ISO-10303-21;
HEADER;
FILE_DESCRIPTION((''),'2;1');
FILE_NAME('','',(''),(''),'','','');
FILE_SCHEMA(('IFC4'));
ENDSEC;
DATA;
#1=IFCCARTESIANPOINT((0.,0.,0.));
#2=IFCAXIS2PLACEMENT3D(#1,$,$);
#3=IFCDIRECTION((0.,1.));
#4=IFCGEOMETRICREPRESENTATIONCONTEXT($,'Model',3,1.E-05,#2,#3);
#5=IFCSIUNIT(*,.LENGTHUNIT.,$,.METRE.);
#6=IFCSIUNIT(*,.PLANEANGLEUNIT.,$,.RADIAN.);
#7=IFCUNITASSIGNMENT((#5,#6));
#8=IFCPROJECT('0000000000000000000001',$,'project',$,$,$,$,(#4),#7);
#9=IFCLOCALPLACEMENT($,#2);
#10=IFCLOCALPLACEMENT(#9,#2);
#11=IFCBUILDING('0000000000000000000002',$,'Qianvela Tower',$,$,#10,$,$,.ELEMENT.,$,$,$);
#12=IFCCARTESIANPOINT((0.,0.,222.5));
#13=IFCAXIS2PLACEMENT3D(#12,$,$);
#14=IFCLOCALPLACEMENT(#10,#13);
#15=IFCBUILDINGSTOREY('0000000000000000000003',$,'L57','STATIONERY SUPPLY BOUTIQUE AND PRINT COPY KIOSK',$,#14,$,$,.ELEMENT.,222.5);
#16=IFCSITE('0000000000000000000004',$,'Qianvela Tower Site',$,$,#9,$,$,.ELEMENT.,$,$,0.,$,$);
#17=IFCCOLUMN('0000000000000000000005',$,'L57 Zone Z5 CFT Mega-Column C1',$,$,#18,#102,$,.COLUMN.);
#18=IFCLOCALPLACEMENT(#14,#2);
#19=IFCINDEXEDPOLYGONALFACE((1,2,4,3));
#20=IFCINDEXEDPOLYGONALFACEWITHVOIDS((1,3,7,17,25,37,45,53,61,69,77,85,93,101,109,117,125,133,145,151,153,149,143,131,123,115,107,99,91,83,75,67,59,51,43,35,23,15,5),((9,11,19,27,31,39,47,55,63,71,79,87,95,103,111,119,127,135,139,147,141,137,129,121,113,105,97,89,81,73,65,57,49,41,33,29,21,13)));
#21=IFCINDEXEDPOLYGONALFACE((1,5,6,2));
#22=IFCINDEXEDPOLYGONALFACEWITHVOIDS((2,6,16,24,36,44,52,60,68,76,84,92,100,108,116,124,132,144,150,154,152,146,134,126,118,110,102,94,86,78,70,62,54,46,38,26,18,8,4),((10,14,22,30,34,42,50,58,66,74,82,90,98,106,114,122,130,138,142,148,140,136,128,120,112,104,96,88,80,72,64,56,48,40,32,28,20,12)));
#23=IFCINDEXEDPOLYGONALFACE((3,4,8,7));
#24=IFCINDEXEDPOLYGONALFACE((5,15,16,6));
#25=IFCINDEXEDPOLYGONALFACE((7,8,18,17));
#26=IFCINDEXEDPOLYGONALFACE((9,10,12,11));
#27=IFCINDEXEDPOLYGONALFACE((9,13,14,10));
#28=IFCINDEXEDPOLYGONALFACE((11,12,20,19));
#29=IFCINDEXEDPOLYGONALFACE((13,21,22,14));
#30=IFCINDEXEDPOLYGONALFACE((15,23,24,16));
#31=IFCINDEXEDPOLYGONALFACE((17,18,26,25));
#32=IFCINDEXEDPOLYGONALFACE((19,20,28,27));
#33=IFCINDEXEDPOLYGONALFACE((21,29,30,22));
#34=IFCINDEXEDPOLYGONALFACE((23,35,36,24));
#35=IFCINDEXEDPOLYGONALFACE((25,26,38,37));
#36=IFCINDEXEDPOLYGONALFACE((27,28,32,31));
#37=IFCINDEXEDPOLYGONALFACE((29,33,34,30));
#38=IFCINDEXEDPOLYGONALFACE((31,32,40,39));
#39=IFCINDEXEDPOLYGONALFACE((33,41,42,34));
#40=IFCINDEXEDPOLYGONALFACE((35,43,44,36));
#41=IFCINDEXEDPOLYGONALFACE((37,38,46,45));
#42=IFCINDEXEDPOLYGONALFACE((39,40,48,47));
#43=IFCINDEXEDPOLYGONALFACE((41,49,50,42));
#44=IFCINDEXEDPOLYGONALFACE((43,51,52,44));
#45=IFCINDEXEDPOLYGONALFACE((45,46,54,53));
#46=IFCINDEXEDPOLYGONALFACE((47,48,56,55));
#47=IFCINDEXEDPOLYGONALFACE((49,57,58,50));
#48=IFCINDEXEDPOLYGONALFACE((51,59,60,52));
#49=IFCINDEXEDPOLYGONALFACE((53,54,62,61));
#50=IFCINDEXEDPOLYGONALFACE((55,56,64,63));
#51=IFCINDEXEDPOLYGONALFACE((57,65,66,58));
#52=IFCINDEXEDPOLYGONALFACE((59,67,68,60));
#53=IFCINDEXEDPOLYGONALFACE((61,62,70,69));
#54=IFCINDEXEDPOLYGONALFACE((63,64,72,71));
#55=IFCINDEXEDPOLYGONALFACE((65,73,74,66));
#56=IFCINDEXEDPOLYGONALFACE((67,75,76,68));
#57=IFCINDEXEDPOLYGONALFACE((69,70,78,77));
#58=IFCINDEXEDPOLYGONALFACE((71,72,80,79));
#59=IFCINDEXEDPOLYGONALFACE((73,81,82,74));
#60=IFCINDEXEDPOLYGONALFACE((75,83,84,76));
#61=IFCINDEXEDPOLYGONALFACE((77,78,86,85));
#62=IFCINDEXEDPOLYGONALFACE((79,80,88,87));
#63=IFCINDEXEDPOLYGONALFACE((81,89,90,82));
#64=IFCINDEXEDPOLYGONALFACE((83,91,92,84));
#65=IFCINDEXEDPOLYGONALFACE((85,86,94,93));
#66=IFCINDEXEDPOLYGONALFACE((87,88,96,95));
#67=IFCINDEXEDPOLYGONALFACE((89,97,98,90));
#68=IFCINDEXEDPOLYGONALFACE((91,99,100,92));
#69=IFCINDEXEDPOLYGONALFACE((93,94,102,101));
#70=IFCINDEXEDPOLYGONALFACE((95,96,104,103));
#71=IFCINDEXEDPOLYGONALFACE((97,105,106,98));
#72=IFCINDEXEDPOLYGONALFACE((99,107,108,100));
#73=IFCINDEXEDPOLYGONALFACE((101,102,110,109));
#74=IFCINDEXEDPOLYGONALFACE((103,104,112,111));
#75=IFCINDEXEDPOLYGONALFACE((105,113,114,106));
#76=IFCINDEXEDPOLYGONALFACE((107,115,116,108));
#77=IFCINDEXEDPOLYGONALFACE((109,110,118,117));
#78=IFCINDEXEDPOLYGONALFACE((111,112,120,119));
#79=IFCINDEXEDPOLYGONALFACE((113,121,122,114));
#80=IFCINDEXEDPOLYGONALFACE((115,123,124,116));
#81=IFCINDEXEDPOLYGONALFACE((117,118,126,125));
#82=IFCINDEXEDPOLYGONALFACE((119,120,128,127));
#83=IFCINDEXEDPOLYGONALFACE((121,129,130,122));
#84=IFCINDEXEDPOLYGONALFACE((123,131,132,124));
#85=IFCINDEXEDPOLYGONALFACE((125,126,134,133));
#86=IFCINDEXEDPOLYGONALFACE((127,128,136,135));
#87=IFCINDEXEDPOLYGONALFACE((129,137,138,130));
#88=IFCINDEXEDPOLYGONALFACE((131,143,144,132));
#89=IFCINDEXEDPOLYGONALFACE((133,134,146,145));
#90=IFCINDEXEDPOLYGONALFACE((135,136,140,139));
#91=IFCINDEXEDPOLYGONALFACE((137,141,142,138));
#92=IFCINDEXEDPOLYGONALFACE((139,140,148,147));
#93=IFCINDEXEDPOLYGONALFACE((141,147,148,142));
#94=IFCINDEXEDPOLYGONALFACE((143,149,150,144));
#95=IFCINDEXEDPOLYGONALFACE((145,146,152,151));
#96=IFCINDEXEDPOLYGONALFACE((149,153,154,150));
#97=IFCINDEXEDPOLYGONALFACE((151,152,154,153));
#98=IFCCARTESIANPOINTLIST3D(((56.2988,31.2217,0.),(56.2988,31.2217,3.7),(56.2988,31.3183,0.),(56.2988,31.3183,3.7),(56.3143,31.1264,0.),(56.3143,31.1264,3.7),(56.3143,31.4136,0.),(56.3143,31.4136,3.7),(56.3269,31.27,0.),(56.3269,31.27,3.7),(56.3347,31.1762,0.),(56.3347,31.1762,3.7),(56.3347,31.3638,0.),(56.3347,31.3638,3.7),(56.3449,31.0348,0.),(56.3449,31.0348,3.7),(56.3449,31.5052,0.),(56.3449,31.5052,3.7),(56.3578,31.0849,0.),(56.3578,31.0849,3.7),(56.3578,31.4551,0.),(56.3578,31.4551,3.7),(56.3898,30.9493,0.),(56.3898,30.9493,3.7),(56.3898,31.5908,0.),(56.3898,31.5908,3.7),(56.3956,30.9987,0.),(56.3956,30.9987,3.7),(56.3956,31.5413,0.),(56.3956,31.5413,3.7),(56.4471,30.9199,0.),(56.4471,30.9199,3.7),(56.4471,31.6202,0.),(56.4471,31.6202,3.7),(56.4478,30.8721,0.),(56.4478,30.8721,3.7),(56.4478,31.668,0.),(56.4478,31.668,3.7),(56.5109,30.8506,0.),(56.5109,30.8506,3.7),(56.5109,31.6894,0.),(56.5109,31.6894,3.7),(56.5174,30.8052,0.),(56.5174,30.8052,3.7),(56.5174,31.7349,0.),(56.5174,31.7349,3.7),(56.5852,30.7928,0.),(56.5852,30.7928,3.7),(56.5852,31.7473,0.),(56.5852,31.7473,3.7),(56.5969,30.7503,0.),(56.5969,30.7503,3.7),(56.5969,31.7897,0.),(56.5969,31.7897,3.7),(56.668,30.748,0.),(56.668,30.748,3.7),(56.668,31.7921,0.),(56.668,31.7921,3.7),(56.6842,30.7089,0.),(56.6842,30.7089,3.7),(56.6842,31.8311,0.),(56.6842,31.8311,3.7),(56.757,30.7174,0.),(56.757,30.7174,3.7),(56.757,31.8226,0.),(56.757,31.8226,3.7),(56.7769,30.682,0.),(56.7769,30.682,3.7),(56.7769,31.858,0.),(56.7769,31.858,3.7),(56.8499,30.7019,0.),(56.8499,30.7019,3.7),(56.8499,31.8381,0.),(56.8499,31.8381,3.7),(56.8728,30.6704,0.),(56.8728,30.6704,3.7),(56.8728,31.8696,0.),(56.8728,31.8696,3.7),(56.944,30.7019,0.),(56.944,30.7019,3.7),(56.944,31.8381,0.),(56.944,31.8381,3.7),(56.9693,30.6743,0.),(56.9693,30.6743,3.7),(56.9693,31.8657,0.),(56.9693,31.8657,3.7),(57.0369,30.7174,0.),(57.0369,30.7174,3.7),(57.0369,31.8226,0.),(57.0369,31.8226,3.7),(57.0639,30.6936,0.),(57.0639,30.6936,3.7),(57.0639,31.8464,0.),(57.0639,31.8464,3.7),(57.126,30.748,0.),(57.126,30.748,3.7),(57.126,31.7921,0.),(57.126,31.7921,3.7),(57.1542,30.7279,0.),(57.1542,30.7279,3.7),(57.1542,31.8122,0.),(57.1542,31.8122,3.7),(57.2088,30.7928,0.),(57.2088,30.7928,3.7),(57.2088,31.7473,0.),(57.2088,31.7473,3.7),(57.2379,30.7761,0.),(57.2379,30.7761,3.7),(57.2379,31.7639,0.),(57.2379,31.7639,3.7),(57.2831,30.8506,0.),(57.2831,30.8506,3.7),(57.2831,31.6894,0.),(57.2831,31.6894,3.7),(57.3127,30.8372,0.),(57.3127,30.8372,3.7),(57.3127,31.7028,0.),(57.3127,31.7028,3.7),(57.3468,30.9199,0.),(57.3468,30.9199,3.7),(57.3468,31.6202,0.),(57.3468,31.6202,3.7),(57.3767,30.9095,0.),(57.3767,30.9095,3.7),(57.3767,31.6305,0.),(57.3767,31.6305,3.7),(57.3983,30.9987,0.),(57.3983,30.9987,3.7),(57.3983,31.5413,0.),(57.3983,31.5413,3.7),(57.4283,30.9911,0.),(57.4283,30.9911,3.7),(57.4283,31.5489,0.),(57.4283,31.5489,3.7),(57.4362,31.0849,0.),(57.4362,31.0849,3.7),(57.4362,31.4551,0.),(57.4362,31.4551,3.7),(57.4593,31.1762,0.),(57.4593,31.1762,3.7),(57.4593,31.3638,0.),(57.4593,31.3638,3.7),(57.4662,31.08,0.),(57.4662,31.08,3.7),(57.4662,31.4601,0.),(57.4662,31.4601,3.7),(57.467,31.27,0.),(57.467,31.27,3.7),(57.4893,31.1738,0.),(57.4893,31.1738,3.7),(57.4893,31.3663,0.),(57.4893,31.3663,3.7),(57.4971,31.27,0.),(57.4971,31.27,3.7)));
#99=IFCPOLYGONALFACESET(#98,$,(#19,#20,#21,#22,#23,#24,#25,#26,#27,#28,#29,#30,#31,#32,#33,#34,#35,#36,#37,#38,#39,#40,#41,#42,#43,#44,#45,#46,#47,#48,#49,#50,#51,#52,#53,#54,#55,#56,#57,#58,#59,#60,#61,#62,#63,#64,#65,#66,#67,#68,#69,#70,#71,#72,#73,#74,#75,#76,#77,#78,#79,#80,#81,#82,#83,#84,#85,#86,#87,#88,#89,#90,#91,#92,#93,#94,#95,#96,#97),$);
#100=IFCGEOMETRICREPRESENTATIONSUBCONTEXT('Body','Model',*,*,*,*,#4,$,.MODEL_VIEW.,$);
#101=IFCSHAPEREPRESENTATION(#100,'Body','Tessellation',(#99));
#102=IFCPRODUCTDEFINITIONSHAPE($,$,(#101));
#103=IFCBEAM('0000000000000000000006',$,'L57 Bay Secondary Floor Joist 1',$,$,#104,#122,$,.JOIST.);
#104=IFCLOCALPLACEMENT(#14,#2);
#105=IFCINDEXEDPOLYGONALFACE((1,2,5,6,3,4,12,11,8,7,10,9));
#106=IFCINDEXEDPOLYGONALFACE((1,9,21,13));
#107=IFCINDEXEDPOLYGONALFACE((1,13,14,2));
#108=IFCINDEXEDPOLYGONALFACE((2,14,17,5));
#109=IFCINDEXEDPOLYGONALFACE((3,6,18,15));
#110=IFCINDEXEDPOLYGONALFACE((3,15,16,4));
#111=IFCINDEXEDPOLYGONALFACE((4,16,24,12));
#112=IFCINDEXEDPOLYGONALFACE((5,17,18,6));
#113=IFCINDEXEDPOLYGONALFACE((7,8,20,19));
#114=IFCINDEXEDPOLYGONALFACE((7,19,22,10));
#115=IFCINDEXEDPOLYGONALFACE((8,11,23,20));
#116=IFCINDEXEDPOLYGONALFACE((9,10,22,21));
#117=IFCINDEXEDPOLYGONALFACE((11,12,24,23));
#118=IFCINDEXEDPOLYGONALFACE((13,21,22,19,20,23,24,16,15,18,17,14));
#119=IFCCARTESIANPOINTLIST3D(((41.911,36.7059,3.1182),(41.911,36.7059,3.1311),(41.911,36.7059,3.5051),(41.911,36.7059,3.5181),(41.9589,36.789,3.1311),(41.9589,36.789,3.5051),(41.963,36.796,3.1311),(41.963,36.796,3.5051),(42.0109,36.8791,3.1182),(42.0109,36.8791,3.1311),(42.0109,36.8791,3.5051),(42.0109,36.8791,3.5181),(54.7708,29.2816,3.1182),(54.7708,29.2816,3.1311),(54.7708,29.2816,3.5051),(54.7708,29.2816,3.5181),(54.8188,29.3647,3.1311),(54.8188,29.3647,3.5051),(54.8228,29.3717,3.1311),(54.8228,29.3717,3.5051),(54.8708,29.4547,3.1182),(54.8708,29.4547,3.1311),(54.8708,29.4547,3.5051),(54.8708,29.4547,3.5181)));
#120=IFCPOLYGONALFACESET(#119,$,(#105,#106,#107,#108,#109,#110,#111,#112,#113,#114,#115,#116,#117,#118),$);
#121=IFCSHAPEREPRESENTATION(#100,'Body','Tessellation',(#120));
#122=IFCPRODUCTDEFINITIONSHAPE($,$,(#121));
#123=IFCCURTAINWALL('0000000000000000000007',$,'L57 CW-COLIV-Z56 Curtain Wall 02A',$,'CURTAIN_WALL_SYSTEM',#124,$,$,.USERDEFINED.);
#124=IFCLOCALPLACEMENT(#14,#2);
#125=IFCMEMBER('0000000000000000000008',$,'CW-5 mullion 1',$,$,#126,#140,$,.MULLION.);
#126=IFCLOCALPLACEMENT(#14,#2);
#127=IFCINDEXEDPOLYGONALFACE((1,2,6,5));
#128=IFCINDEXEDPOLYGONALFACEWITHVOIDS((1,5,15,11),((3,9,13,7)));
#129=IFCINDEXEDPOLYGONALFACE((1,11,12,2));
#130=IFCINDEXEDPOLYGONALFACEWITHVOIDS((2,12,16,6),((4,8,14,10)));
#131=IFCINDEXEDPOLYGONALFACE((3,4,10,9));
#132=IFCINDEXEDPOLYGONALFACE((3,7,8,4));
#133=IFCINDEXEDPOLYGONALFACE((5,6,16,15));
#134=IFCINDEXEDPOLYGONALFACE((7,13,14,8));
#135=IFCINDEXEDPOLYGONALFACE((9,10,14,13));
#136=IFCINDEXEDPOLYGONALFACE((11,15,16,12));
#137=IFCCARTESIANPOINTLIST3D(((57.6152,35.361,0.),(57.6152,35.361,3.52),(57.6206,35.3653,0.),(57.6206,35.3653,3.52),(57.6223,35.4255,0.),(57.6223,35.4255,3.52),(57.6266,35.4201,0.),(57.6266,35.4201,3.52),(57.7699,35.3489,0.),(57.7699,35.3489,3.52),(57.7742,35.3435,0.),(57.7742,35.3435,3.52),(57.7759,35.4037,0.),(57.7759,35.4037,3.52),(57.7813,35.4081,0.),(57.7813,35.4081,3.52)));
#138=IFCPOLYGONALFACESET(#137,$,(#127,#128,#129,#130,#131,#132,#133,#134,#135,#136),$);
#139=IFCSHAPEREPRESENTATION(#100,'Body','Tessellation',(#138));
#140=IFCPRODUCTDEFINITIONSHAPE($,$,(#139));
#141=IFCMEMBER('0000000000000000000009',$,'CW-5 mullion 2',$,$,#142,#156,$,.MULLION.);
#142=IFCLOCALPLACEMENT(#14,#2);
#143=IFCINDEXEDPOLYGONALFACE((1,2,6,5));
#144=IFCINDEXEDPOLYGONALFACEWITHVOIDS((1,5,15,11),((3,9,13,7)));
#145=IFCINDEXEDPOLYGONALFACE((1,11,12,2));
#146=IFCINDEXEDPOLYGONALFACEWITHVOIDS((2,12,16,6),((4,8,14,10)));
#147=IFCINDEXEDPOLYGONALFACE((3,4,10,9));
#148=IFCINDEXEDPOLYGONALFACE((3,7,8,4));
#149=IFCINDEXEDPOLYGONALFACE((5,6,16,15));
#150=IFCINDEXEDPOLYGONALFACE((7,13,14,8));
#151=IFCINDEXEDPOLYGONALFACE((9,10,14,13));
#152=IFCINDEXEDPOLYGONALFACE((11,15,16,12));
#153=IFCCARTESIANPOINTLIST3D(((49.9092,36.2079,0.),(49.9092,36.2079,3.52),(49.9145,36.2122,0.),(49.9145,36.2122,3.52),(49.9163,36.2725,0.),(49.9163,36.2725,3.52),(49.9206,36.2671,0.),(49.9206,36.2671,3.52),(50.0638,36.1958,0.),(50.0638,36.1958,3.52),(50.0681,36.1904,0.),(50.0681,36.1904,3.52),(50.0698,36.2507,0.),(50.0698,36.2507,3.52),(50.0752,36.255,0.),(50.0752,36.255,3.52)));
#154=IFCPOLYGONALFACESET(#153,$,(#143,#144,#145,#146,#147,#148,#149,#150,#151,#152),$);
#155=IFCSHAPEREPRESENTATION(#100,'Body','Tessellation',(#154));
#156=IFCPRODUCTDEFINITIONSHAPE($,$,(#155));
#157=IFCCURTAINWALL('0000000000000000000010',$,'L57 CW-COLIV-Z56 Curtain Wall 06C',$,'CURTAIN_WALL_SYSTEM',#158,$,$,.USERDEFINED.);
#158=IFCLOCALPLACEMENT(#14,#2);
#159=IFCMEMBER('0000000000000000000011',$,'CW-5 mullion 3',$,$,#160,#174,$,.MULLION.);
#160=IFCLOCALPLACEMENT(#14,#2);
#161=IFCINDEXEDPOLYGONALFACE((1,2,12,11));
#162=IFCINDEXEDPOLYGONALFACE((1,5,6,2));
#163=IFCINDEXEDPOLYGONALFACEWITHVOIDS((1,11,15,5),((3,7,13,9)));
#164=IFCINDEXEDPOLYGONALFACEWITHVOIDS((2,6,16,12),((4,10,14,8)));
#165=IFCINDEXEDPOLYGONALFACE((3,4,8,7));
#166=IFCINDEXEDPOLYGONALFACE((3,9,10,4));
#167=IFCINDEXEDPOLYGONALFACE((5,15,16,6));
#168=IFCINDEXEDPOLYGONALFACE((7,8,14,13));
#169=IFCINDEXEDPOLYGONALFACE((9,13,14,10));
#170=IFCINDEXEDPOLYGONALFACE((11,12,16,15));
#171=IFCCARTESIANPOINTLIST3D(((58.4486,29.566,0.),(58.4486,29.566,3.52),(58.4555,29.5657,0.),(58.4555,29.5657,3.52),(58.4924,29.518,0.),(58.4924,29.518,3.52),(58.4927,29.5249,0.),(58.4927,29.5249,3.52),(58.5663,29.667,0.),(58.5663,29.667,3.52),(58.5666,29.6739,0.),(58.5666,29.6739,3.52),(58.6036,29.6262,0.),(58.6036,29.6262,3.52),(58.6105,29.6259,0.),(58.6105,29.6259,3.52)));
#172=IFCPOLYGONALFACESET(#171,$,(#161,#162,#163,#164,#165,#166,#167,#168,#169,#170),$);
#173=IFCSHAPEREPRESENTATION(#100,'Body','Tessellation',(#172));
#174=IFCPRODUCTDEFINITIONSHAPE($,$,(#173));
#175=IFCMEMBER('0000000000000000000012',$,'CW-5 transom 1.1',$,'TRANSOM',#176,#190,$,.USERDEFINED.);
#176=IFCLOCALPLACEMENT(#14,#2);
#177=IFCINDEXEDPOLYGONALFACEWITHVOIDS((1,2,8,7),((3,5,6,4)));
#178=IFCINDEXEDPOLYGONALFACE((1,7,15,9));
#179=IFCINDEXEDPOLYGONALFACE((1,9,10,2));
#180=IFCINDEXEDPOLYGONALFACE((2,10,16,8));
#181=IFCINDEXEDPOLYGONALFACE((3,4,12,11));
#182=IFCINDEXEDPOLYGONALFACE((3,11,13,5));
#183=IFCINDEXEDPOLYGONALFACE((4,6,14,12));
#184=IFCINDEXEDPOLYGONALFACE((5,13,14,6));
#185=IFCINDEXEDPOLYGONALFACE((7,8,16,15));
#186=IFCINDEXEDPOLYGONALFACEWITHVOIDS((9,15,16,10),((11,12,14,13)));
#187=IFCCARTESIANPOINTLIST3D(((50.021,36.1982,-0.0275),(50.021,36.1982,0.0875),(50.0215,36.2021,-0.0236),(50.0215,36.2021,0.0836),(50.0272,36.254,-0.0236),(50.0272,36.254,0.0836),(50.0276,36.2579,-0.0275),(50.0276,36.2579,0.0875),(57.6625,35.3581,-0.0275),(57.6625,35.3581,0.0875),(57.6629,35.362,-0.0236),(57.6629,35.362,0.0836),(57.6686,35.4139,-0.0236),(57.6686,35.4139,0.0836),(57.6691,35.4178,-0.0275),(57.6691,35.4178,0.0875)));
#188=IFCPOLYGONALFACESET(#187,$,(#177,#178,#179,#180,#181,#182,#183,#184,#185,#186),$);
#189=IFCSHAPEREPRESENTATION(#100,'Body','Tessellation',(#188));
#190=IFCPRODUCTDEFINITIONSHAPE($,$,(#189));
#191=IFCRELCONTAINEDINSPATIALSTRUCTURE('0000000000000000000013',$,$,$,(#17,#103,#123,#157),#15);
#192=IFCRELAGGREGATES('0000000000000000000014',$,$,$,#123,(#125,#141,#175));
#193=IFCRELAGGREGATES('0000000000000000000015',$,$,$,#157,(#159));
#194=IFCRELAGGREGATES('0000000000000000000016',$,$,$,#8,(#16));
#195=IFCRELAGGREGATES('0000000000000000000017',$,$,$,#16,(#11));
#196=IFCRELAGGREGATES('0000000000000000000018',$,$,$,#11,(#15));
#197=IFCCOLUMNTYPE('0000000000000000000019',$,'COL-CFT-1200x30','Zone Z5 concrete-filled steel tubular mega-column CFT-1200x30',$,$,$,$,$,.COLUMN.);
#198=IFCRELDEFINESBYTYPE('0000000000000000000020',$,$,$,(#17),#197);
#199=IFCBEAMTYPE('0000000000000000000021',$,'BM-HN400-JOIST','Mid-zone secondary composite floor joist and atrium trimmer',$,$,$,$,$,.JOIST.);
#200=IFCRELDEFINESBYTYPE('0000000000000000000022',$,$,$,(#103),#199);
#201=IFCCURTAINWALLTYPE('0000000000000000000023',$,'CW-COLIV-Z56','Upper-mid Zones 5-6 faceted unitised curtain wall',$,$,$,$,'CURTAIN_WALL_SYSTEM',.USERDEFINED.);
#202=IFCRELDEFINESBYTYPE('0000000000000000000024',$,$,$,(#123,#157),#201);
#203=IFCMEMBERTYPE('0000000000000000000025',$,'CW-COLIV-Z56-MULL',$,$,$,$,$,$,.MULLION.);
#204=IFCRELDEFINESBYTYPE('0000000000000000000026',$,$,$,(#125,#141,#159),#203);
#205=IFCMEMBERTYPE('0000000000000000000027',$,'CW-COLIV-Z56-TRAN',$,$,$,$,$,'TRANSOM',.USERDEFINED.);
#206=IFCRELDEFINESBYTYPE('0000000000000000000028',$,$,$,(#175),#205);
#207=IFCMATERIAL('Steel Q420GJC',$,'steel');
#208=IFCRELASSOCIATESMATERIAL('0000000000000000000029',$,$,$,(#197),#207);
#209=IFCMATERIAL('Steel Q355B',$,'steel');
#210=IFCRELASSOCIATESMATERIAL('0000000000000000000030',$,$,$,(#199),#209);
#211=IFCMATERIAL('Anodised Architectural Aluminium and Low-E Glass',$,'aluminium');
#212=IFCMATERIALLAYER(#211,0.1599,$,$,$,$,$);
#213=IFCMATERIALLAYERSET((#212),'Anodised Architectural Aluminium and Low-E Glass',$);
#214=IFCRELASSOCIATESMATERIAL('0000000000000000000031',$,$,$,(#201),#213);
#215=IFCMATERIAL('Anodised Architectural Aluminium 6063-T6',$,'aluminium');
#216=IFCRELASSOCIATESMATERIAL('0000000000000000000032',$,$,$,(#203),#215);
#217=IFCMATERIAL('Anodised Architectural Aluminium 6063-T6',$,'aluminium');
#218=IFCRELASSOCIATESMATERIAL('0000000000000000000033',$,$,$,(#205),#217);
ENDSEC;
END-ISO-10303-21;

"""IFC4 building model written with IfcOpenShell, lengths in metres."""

from ifc_helpers import new_model, si_unit, direction, frame, origin, origin_2d, place, context, subcontext, project, spatial, hollow_rectangle, hollow_circle, i_section, extrude, material, layer, layer_set, material_profile, profile_set, type_object, element, aggregate, save


model = new_model("IFC4")

# Units and contexts
model_context = context("Model", 3, precision=1e-05, world=origin(), true_north=direction((0.0, 1.0)))
body_context = subcontext(model_context, "Body", "Model", "MODEL_VIEW")
ifc_project = project(units=[si_unit("LENGTHUNIT", "METRE"), si_unit("PLANEANGLEUNIT", "RADIAN")], contexts=[model_context])

# Site, building, storey
site_placement = place(None, origin())
site = spatial("IfcSite", under=ifc_project, at=site_placement, Name="Qianvela Tower Site", CompositionType="ELEMENT", RefElevation=0.0)
building_placement = place(site_placement, origin())
building = spatial("IfcBuilding", under=site, at=building_placement, Name="Qianvela Tower", CompositionType="ELEMENT")
storey_placement = place(building_placement, frame((0.0, 0.0, 222.5)))
storey = spatial("IfcBuildingStorey", under=building, at=storey_placement, Name="L57", Description="STATIONERY SUPPLY BOUTIQUE AND PRINT COPY KIOSK", CompositionType="ELEMENT", Elevation=222.5)

# Column
ifc_material_1 = material(Name="Steel Q420GJC", Category="steel")
ifc_material_profile_1 = material_profile(ifc_material_1, hollow_circle(Radius=0.6001, WallThickness=0.03, at=origin_2d()), Name="CFT-1200x30")
ifc_profile_set_1 = profile_set([ifc_material_profile_1], Name="Steel Q420GJC")
column_type = type_object("IfcColumnType", Name="COL-CFT-1200x30", Description="Zone Z5 concrete-filled steel tubular mega-column CFT-1200x30", PredefinedType="COLUMN", material=ifc_profile_set_1)
column_placement = place(storey_placement, frame((56.897, 31.27, 0.0), z_axis=(0.0, 0.0, 1.0), x_axis=(1.0, 0.0, 0.0)))
element("IfcColumn", 1, at=column_placement, inside=storey, type_object=column_type, Name="L57 Zone Z5 CFT Mega-Column C1", PredefinedType="COLUMN", context=body_context, shape_type="SweptSolid", body=[
    extrude(hollow_circle(Radius=0.6001, WallThickness=0.03, at=origin_2d()), origin(), (0.0, 0.0, 1.0), 3.7),
])

# Beam
ifc_material_2 = material(Name="Steel Q355B", Category="steel")
ifc_material_profile_2 = material_profile(ifc_material_2, i_section(OverallWidth=0.2, OverallDepth=0.3999, WebThickness=0.0081, FlangeThickness=0.0129, at=origin_2d()), Name="HN400x200x8x13")
ifc_profile_set_2 = profile_set([ifc_material_profile_2], Name="Steel Q355B")
beam_type = type_object("IfcBeamType", Name="BM-HN400-JOIST", Description="Mid-zone secondary composite floor joist and atrium trimmer", PredefinedType="JOIST", material=ifc_profile_set_2)
beam_placement = place(storey_placement, frame((54.8208, 29.3682, 3.3181), z_axis=(-0.866035, 0.499983, 0.0), x_axis=(-0.499983, -0.866035, 0.0)))
element("IfcBeam", 2, at=beam_placement, inside=storey, type_object=beam_type, Name="L57 Bay Secondary Floor Joist 1", PredefinedType="JOIST", context=body_context, shape_type="SweptSolid", body=[
    extrude(i_section(OverallWidth=0.2, OverallDepth=0.3999, WebThickness=0.0081, FlangeThickness=0.0129, at=origin_2d()), origin(), (0.0, 0.0, 1.0), 14.8491),
])

# Curtain wall, members
ifc_material_3 = material(Name="Anodised Architectural Aluminium and Low-E Glass", Category="aluminium")
ifc_layer_1 = layer(ifc_material_3, 0.1599)
ifc_layer_set_1 = layer_set([ifc_layer_1], Name="Anodised Architectural Aluminium and Low-E Glass")
curtain_wall_type = type_object("IfcCurtainWallType", Name="CW-COLIV-Z56", Description="Upper-mid Zones 5-6 faceted unitised curtain wall", ElementType="CURTAIN_WALL_SYSTEM", PredefinedType="USERDEFINED", material=ifc_layer_set_1)
curtain_wall_1_placement = place(storey_placement, origin())
curtain_wall_1 = element("IfcCurtainWall", 3, at=curtain_wall_1_placement, inside=storey, type_object=curtain_wall_type, Name="L57 CW-COLIV-Z56 Curtain Wall 02A", ObjectType="CURTAIN_WALL_SYSTEM", PredefinedType="USERDEFINED")
ifc_material_4 = material(Name="Anodised Architectural Aluminium 6063-T6", Category="aluminium")
ifc_material_profile_3 = material_profile(ifc_material_4, hollow_rectangle(XDim=0.0649, YDim=0.1599, WallThickness=0.0049, at=origin_2d()), Name="ALU-MULL-65x160")
ifc_profile_set_3 = profile_set([ifc_material_profile_3], Name="Anodised Architectural Aluminium 6063-T6")
member_type_1 = type_object("IfcMemberType", Name="CW-COLIV-Z56-MULL", PredefinedType="MULLION", material=ifc_profile_set_3)
member_1_placement = place(storey_placement, frame((57.6982, 35.3845, 0.0), z_axis=(0.0, 0.0, 1.0), x_axis=(-0.109261, -0.994013, 0.0)))
member_1 = element("IfcMember", 4, at=member_1_placement, type_object=member_type_1, Name="CW-5 mullion 1", PredefinedType="MULLION", context=body_context, shape_type="SweptSolid", body=[
    extrude(hollow_rectangle(XDim=0.0649, YDim=0.1599, WallThickness=0.0049, at=origin_2d()), origin(), (0.0, 0.0, 1.0), 3.52),
])
member_2_placement = place(storey_placement, frame((49.9922, 36.2314, 0.0), z_axis=(0.0, 0.0, 1.0), x_axis=(-0.109261, -0.994013, 0.0)))
member_2 = element("IfcMember", 5, at=member_2_placement, type_object=member_type_1, Name="CW-5 mullion 2", PredefinedType="MULLION", context=body_context, shape_type="SweptSolid", body=[
    extrude(hollow_rectangle(XDim=0.0649, YDim=0.1599, WallThickness=0.0049, at=origin_2d()), origin(), (0.0, 0.0, 1.0), 3.52),
])

# Curtain wall, member
curtain_wall_2_placement = place(storey_placement, origin())
curtain_wall_2 = element("IfcCurtainWall", 6, at=curtain_wall_2_placement, inside=storey, type_object=curtain_wall_type, Name="L57 CW-COLIV-Z56 Curtain Wall 06C", ObjectType="CURTAIN_WALL_SYSTEM", PredefinedType="USERDEFINED")
member_3_placement = place(storey_placement, frame((58.5295, 29.5959, 0.0), z_axis=(0.0, 0.0, 1.0), x_axis=(-0.674729, 0.738066, 0.0)))
member_3 = element("IfcMember", 7, at=member_3_placement, type_object=member_type_1, Name="CW-5 mullion 3", PredefinedType="MULLION", context=body_context, shape_type="SweptSolid", body=[
    extrude(hollow_rectangle(XDim=0.0649, YDim=0.1599, WallThickness=0.0049, at=origin_2d()), origin(), (0.0, 0.0, 1.0), 3.52),
])

# Member
ifc_material_5 = material(Name="Anodised Architectural Aluminium 6063-T6", Category="aluminium")
ifc_material_profile_4 = material_profile(ifc_material_5, hollow_rectangle(XDim=0.0601, YDim=0.115, WallThickness=0.0039, at=origin_2d()), Name="ALU-TRAN-60x115")
ifc_profile_set_4 = profile_set([ifc_material_profile_4], Name="Anodised Architectural Aluminium 6063-T6")
member_type_2 = type_object("IfcMemberType", Name="CW-COLIV-Z56-TRAN", ElementType="TRANSOM", PredefinedType="USERDEFINED", material=ifc_profile_set_4)
member_4_placement = place(storey_placement, frame((57.6658, 35.3879, 0.03), z_axis=(-0.994011, 0.109281, 0.0), x_axis=(-0.109281, -0.994011, 0.0)))
member_4 = element("IfcMember", 8, at=member_4_placement, type_object=member_type_2, Name="CW-5 transom 1.1", ObjectType="TRANSOM", PredefinedType="USERDEFINED", context=body_context, shape_type="SweptSolid", body=[
    extrude(hollow_rectangle(XDim=0.0601, YDim=0.115, WallThickness=0.0039, at=origin_2d()), origin(), (0.0, 0.0, 1.0), 7.6875),
])

aggregate(curtain_wall_1, [member_1, member_2, member_4])
aggregate(curtain_wall_2, [member_3])

save(model, "model.ifc")
